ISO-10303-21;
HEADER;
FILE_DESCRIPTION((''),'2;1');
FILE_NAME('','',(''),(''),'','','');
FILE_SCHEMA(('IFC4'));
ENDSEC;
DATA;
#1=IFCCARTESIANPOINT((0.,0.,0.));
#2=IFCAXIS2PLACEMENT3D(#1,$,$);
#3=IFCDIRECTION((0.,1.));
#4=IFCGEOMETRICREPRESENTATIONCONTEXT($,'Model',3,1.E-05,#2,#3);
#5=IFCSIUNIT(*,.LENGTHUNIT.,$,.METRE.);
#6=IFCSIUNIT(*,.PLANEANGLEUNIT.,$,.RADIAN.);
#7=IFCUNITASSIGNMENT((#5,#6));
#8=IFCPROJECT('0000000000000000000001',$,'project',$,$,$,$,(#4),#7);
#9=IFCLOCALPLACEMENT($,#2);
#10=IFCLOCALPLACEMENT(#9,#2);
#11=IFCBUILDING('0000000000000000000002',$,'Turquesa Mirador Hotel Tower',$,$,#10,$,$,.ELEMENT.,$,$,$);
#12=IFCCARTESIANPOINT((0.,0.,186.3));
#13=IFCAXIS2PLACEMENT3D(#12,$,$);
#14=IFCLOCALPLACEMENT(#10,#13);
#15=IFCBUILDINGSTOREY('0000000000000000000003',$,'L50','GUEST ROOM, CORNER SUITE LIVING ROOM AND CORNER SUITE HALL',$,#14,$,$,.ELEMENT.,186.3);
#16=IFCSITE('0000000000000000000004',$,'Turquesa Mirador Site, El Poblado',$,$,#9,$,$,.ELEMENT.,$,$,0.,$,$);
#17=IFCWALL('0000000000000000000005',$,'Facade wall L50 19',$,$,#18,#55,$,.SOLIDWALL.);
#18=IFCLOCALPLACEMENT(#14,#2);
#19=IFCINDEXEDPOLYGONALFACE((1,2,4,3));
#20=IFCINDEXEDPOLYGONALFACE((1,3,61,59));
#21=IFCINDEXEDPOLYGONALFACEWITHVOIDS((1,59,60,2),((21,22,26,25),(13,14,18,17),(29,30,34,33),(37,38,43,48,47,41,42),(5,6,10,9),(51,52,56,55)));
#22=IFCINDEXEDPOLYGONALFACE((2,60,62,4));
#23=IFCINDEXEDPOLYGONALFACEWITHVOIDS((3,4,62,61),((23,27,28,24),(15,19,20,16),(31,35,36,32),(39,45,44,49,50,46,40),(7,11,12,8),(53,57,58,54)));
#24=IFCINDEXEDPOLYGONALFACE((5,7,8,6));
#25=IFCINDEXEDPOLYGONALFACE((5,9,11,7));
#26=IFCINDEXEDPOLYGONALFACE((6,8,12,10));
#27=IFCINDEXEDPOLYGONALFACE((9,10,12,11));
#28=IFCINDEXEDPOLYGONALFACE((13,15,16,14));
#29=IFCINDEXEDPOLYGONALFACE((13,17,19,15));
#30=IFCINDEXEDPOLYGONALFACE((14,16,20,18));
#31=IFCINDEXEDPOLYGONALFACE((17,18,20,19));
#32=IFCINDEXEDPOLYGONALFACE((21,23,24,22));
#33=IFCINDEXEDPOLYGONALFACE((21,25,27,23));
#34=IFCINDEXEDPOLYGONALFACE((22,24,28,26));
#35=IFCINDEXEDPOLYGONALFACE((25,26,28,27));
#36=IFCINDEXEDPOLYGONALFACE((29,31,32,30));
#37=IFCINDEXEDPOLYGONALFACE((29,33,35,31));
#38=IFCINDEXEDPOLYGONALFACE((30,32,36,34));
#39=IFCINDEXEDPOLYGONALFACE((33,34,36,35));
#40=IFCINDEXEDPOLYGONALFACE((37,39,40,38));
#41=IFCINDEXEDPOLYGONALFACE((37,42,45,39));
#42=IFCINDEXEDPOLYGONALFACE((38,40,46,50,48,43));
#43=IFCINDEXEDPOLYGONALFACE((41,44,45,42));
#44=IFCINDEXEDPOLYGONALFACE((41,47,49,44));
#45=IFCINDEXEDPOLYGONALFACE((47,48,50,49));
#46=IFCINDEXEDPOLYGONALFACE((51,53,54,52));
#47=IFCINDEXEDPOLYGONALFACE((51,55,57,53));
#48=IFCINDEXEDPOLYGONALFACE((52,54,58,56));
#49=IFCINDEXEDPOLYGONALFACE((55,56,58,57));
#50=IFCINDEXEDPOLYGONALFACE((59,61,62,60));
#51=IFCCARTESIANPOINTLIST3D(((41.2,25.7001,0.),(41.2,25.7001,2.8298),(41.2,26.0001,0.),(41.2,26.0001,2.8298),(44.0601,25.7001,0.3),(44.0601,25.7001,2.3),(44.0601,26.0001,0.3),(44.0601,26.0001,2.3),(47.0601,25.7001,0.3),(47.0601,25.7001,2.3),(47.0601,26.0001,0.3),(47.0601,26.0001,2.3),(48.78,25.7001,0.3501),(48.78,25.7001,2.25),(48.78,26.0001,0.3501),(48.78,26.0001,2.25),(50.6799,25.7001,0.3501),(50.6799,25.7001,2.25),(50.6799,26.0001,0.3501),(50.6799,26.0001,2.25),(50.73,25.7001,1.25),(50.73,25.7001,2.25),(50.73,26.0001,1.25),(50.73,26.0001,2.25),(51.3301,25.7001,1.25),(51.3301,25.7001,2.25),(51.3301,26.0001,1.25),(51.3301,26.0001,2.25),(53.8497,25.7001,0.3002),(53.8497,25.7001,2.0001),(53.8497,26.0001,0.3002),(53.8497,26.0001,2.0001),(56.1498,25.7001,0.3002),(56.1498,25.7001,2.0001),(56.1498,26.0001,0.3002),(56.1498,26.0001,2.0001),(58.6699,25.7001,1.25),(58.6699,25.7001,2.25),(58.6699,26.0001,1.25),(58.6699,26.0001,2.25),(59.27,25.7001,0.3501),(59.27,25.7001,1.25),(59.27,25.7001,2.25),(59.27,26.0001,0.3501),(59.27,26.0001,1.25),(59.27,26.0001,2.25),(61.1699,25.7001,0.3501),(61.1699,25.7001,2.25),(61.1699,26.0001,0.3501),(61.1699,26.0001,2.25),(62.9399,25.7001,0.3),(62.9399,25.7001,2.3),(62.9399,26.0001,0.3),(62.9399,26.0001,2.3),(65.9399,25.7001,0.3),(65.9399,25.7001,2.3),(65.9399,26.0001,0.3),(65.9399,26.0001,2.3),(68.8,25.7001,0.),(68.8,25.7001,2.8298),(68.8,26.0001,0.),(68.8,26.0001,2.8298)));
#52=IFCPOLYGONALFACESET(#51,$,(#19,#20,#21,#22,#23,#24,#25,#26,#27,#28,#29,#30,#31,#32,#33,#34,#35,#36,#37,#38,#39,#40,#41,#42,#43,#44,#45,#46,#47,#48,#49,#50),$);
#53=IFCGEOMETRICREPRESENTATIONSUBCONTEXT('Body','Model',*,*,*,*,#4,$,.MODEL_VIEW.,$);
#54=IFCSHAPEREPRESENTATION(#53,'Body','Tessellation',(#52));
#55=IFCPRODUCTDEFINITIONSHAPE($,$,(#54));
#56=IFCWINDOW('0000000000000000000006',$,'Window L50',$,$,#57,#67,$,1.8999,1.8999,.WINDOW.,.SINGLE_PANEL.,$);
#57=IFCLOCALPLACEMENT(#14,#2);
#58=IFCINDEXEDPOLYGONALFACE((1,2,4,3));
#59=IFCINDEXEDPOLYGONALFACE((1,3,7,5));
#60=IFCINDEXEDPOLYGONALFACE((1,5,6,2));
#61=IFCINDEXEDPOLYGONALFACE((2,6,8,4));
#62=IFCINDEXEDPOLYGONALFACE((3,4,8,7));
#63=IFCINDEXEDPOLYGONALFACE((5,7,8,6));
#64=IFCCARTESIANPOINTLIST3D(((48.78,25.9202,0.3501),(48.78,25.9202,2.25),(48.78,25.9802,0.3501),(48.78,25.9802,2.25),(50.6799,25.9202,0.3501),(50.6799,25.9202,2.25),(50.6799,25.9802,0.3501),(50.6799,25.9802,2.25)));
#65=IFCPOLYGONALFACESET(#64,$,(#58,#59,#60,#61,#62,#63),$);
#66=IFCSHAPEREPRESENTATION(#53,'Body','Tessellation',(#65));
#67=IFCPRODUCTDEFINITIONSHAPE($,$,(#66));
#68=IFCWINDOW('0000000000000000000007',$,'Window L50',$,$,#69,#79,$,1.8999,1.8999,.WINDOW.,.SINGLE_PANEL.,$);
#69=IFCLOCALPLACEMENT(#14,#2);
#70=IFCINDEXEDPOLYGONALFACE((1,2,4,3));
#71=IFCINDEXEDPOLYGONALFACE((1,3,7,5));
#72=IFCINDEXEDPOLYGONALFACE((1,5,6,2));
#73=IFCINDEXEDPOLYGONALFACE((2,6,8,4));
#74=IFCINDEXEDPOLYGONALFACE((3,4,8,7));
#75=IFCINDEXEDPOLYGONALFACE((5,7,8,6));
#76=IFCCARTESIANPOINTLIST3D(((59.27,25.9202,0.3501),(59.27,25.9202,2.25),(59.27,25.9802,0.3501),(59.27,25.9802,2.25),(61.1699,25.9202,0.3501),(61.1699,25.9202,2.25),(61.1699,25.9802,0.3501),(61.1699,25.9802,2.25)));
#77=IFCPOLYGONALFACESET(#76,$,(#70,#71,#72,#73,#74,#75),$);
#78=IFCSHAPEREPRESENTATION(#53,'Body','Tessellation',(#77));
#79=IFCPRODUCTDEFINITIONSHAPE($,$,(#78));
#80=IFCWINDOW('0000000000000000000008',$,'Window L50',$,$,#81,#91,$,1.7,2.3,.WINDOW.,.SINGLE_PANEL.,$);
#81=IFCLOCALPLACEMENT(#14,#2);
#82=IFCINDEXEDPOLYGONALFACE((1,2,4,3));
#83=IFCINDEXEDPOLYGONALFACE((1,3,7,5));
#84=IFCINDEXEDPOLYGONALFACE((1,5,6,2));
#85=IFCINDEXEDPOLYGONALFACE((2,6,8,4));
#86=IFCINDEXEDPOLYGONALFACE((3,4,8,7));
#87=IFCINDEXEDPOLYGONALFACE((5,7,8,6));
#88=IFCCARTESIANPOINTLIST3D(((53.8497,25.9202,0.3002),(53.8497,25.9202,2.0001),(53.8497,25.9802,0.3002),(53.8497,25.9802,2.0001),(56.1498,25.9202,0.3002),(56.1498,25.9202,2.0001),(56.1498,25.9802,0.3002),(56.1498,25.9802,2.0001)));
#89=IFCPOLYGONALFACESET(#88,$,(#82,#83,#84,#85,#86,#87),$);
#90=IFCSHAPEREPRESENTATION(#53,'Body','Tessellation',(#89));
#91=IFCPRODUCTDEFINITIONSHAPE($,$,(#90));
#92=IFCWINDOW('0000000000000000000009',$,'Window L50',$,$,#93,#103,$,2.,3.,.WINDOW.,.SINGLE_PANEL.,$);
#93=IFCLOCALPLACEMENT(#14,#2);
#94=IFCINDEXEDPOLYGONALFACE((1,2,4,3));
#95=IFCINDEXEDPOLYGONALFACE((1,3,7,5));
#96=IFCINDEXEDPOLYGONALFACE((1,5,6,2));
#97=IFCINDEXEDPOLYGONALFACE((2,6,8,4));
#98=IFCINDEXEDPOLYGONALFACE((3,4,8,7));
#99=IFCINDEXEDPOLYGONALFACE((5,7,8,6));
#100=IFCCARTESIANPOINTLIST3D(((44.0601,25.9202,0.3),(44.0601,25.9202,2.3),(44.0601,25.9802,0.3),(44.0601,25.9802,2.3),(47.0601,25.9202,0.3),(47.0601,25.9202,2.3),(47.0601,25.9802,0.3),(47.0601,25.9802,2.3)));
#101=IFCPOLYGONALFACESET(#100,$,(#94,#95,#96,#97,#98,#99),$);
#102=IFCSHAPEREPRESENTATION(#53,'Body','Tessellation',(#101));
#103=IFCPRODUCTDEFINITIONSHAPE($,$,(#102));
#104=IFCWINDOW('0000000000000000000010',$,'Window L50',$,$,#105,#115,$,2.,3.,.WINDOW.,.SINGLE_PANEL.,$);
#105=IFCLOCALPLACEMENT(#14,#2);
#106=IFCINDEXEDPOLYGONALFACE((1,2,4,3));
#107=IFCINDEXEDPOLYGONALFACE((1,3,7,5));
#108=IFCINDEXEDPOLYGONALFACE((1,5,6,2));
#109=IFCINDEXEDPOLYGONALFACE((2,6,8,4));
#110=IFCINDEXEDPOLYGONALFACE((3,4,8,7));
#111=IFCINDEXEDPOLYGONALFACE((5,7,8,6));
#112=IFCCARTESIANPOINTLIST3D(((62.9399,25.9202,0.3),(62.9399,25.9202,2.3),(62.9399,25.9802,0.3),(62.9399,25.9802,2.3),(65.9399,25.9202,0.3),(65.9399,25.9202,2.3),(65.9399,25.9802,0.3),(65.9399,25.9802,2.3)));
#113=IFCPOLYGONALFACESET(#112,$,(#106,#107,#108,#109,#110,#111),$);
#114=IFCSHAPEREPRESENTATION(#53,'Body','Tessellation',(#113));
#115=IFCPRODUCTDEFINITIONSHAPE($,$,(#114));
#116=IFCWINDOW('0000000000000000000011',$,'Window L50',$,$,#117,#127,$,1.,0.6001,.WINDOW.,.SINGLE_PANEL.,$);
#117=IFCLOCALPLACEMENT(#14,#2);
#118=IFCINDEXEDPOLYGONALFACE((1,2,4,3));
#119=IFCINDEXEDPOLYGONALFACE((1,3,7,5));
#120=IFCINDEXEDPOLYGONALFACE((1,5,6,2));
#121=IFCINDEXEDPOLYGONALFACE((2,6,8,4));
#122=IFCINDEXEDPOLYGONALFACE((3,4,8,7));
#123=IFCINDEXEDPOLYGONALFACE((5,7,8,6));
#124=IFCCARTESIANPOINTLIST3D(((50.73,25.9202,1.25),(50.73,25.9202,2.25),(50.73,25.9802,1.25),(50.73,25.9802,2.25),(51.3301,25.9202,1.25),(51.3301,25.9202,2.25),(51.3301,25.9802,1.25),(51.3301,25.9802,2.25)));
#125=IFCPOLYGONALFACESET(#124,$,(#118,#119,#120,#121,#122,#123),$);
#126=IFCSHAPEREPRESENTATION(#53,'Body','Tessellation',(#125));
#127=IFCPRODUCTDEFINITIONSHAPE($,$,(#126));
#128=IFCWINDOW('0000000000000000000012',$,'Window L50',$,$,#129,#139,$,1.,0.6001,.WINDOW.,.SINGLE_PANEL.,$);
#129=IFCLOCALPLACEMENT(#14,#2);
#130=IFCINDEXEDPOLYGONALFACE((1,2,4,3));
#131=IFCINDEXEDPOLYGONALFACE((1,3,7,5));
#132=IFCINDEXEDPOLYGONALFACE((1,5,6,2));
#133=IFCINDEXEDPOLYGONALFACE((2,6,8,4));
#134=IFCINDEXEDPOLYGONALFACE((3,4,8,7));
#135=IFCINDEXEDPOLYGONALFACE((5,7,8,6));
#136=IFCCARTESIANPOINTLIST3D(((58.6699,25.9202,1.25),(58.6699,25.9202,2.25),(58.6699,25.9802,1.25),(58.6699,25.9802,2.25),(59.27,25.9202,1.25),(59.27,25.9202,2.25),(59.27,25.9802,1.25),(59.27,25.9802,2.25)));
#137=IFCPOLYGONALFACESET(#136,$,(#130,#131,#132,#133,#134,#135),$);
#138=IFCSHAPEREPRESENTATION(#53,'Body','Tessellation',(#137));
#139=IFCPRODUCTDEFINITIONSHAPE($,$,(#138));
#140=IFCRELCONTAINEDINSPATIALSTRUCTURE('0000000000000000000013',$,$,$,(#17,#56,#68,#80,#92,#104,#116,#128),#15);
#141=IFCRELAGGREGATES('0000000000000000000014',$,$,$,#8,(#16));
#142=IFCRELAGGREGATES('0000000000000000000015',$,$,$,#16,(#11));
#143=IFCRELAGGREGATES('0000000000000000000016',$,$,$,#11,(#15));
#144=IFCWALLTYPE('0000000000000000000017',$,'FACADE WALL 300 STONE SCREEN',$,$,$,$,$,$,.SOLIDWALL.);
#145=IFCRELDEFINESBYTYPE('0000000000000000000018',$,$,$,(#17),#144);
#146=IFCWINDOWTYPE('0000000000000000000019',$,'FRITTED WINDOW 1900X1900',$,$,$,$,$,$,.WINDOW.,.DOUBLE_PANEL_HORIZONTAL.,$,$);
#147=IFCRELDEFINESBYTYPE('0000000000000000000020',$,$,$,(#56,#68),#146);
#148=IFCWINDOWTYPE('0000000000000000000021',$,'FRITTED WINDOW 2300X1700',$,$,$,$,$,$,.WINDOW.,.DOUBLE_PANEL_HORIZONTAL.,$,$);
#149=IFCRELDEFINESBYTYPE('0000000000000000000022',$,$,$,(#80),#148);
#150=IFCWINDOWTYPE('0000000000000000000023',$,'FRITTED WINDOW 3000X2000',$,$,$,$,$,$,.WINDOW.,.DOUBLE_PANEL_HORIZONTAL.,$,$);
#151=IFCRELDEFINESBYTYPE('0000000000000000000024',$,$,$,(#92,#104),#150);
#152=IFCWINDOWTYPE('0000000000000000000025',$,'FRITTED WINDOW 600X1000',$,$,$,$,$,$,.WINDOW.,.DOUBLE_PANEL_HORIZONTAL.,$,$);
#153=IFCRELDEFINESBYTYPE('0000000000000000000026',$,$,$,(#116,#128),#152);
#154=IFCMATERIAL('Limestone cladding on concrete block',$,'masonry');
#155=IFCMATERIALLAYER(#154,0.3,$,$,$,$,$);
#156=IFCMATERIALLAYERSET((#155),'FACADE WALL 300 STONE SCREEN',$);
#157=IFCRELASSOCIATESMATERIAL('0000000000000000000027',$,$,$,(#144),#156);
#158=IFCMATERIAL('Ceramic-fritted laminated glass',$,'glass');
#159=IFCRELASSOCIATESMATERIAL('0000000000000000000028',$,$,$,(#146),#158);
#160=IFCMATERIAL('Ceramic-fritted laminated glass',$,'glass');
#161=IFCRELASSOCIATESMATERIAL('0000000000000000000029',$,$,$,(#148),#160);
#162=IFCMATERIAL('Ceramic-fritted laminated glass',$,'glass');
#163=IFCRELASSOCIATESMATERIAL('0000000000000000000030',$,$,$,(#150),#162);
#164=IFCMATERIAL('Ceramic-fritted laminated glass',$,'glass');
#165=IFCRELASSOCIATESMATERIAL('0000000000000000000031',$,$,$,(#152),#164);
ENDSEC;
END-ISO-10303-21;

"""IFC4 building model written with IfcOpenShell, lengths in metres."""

from ifc_helpers import new_model, si_unit, direction, frame, frame_2d, origin, place, context, subcontext, project, spatial, rectangle, extrude, material, layer, layer_set, type_object, element, fill, save


model = new_model("IFC4")

# Units and contexts
model_context = context("Model", 3, precision=1e-05, world=origin(), true_north=direction((0.0, 1.0)))
body_context = subcontext(model_context, "Body", "Model", "MODEL_VIEW")
ifc_project = project(units=[si_unit("LENGTHUNIT", "METRE"), si_unit("PLANEANGLEUNIT", "RADIAN")], contexts=[model_context])

# Site, building, storey
site_placement = place(None, origin())
site = spatial("IfcSite", under=ifc_project, at=site_placement, Name="Turquesa Mirador Site, El Poblado", CompositionType="ELEMENT", RefElevation=0.0)
building_placement = place(site_placement, origin())
building = spatial("IfcBuilding", under=site, at=building_placement, Name="Turquesa Mirador Hotel Tower", CompositionType="ELEMENT")
storey_placement = place(building_placement, frame((0.0, 0.0, 186.3)))
storey = spatial("IfcBuildingStorey", under=building, at=storey_placement, Name="L50", Description="GUEST ROOM, CORNER SUITE LIVING ROOM AND CORNER SUITE HALL", CompositionType="ELEMENT", Elevation=186.3)

# Shared definitions
ifc_material_1 = material(Name="Limestone cladding on concrete block", Category="masonry")
ifc_layer_1 = layer(ifc_material_1, 0.3)
ifc_layer_set_1 = layer_set([ifc_layer_1], Name="FACADE WALL 300 STONE SCREEN")
wall_type_1 = type_object("IfcWallType", Name="FACADE WALL 300 STONE SCREEN", PredefinedType="SOLIDWALL", material=ifc_layer_set_1)

# Wall, openings, windows
wall_1_placement = place(storey_placement, frame((41.2, 25.8501, 0.0), z_axis=(0.0, 0.0, 1.0), x_axis=(1.0, 0.0, 0.0)))
wall_1 = element("IfcWall", 1, at=wall_1_placement, inside=storey, type_object=wall_type_1, Name="Facade wall L50 19", PredefinedType="SOLIDWALL", context=body_context, shape_type="SweptSolid", body=[
    extrude(rectangle(XDim=27.6001, YDim=0.3, at=frame_2d((13.8, 0.0))), origin(), (0.0, 0.0, 1.0), 2.8298),
])
opening_1_placement = place(wall_1_placement, frame((2.8601, 0.0, 0.3)))
opening_1 = element("IfcOpeningElement", 2, at=opening_1_placement, cuts=wall_1, PredefinedType="OPENING", context=body_context, shape_type="SweptSolid", body=[
    extrude(rectangle(XDim=3.0, YDim=2.0, at=frame_2d((1.5, 1.0))), frame((0.0, 0.1599, 0.0), z_axis=(0.0, -1.0, 0.0), x_axis=(1.0, 0.0, 0.0)), (0.0, 0.0, 1.0), 0.3201),
])
opening_2_placement = place(wall_1_placement, frame((7.5801, 0.0, 0.3501)))
opening_2 = element("IfcOpeningElement", 3, at=opening_2_placement, cuts=wall_1, PredefinedType="OPENING", context=body_context, shape_type="SweptSolid", body=[
    extrude(rectangle(XDim=1.8999, YDim=1.8999, at=frame_2d((0.95, 0.95))), frame((0.0, 0.1599, 0.0), z_axis=(0.0, -1.0, 0.0), x_axis=(1.0, 0.0, 0.0)), (0.0, 0.0, 1.0), 0.3201),
])
opening_3_placement = place(wall_1_placement, frame((12.6499, 0.0, 0.3)))
opening_3 = element("IfcOpeningElement", 4, at=opening_3_placement, cuts=wall_1, PredefinedType="OPENING", context=body_context, shape_type="SweptSolid", body=[
    extrude(rectangle(XDim=2.3, YDim=1.7, at=frame_2d((1.1499, 0.8501))), frame((0.0, 0.1599, 0.0), z_axis=(0.0, -1.0, 0.0), x_axis=(1.0, 0.0, 0.0)), (0.0, 0.0, 1.0), 0.3201),
])
opening_4_placement = place(wall_1_placement, frame((18.0701, 0.0, 0.3501)))
opening_4 = element("IfcOpeningElement", 5, at=opening_4_placement, cuts=wall_1, PredefinedType="OPENING", context=body_context, shape_type="SweptSolid", body=[
    extrude(rectangle(XDim=1.8999, YDim=1.8999, at=frame_2d((0.95, 0.95))), frame((0.0, 0.1599, 0.0), z_axis=(0.0, -1.0, 0.0), x_axis=(1.0, 0.0, 0.0)), (0.0, 0.0, 1.0), 0.3201),
])
opening_5_placement = place(wall_1_placement, frame((21.74, 0.0, 0.3)))
opening_5 = element("IfcOpeningElement", 6, at=opening_5_placement, cuts=wall_1, PredefinedType="OPENING", context=body_context, shape_type="SweptSolid", body=[
    extrude(rectangle(XDim=3.0, YDim=2.0, at=frame_2d((1.5, 1.0))), frame((0.0, 0.1599, 0.0), z_axis=(0.0, -1.0, 0.0), x_axis=(1.0, 0.0, 0.0)), (0.0, 0.0, 1.0), 0.3201),
])
opening_6_placement = place(wall_1_placement, frame((9.53, 0.0, 1.25)))
opening_6 = element("IfcOpeningElement", 7, at=opening_6_placement, cuts=wall_1, PredefinedType="OPENING", context=body_context, shape_type="SweptSolid", body=[
    extrude(rectangle(XDim=0.6001, YDim=1.0, at=frame_2d((0.3, 0.5))), frame((0.0, 0.1599, 0.0), z_axis=(0.0, -1.0, 0.0), x_axis=(1.0, 0.0, 0.0)), (0.0, 0.0, 1.0), 0.3201),
])
opening_7_placement = place(wall_1_placement, frame((17.47, 0.0, 1.25)))
opening_7 = element("IfcOpeningElement", 8, at=opening_7_placement, cuts=wall_1, PredefinedType="OPENING", context=body_context, shape_type="SweptSolid", body=[
    extrude(rectangle(XDim=0.6001, YDim=1.0, at=frame_2d((0.3, 0.5))), frame((0.0, 0.1599, 0.0), z_axis=(0.0, -1.0, 0.0), x_axis=(1.0, 0.0, 0.0)), (0.0, 0.0, 1.0), 0.3201),
])
ifc_material_2 = material(Name="Ceramic-fritted laminated glass", Category="glass")
window_type_1 = type_object("IfcWindowType", Name="FRITTED WINDOW 1900X1900", PartitioningType="DOUBLE_PANEL_HORIZONTAL", PredefinedType="WINDOW", material=ifc_material_2)
window_1_placement = place(opening_2_placement, origin())
window_1 = element("IfcWindow", 9, at=window_1_placement, inside=storey, type_object=window_type_1, Name="Window L50", OverallHeight=1.8999, OverallWidth=1.8999, PartitioningType="SINGLE_PANEL", PredefinedType="WINDOW", context=body_context, shape_type="SweptSolid", body=[
    extrude(rectangle(XDim=1.8999, YDim=1.8999, at=frame_2d((0.95, 0.95))), frame((0.0, 0.1301, 0.0), z_axis=(0.0, -1.0, 0.0), x_axis=(1.0, 0.0, 0.0)), (0.0, 0.0, 1.0), 0.0601),
])
fill(opening_2, window_1)
window_2_placement = place(opening_4_placement, origin())
window_2 = element("IfcWindow", 10, at=window_2_placement, inside=storey, type_object=window_type_1, Name="Window L50", OverallHeight=1.8999, OverallWidth=1.8999, PartitioningType="SINGLE_PANEL", PredefinedType="WINDOW", context=body_context, shape_type="SweptSolid", body=[
    extrude(rectangle(XDim=1.8999, YDim=1.8999, at=frame_2d((0.95, 0.95))), frame((0.0, 0.1301, 0.0), z_axis=(0.0, -1.0, 0.0), x_axis=(1.0, 0.0, 0.0)), (0.0, 0.0, 1.0), 0.0601),
])
fill(opening_4, window_2)
ifc_material_3 = material(Name="Ceramic-fritted laminated glass", Category="glass")
window_type_2 = type_object("IfcWindowType", Name="FRITTED WINDOW 2300X1700", PartitioningType="DOUBLE_PANEL_HORIZONTAL", PredefinedType="WINDOW", material=ifc_material_3)
window_3_placement = place(opening_3_placement, origin())
window_3 = element("IfcWindow", 11, at=window_3_placement, inside=storey, type_object=window_type_2, Name="Window L50", OverallHeight=1.7, OverallWidth=2.3, PartitioningType="SINGLE_PANEL", PredefinedType="WINDOW", context=body_context, shape_type="SweptSolid", body=[
    extrude(rectangle(XDim=2.3, YDim=1.7, at=frame_2d((1.1499, 0.8501))), frame((0.0, 0.1301, 0.0), z_axis=(0.0, -1.0, 0.0), x_axis=(1.0, 0.0, 0.0)), (0.0, 0.0, 1.0), 0.0601),
])
fill(opening_3, window_3)
ifc_material_4 = material(Name="Ceramic-fritted laminated glass", Category="glass")
window_type_3 = type_object("IfcWindowType", Name="FRITTED WINDOW 3000X2000", PartitioningType="DOUBLE_PANEL_HORIZONTAL", PredefinedType="WINDOW", material=ifc_material_4)
window_4_placement = place(opening_1_placement, origin())
window_4 = element("IfcWindow", 12, at=window_4_placement, inside=storey, type_object=window_type_3, Name="Window L50", OverallHeight=2.0, OverallWidth=3.0, PartitioningType="SINGLE_PANEL", PredefinedType="WINDOW", context=body_context, shape_type="SweptSolid", body=[
    extrude(rectangle(XDim=3.0, YDim=2.0, at=frame_2d((1.5, 1.0))), frame((0.0, 0.1301, 0.0), z_axis=(0.0, -1.0, 0.0), x_axis=(1.0, 0.0, 0.0)), (0.0, 0.0, 1.0), 0.0601),
])
fill(opening_1, window_4)
window_5_placement = place(opening_5_placement, origin())
window_5 = element("IfcWindow", 13, at=window_5_placement, inside=storey, type_object=window_type_3, Name="Window L50", OverallHeight=2.0, OverallWidth=3.0, PartitioningType="SINGLE_PANEL", PredefinedType="WINDOW", context=body_context, shape_type="SweptSolid", body=[
    extrude(rectangle(XDim=3.0, YDim=2.0, at=frame_2d((1.5, 1.0))), frame((0.0, 0.1301, 0.0), z_axis=(0.0, -1.0, 0.0), x_axis=(1.0, 0.0, 0.0)), (0.0, 0.0, 1.0), 0.0601),
])
fill(opening_5, window_5)
ifc_material_5 = material(Name="Ceramic-fritted laminated glass", Category="glass")
window_type_4 = type_object("IfcWindowType", Name="FRITTED WINDOW 600X1000", PartitioningType="DOUBLE_PANEL_HORIZONTAL", PredefinedType="WINDOW", material=ifc_material_5)
window_6_placement = place(opening_6_placement, origin())
window_6 = element("IfcWindow", 14, at=window_6_placement, inside=storey, type_object=window_type_4, Name="Window L50", OverallHeight=1.0, OverallWidth=0.6001, PartitioningType="SINGLE_PANEL", PredefinedType="WINDOW", context=body_context, shape_type="SweptSolid", body=[
    extrude(rectangle(XDim=0.6001, YDim=1.0, at=frame_2d((0.3, 0.5))), frame((0.0, 0.1301, 0.0), z_axis=(0.0, -1.0, 0.0), x_axis=(1.0, 0.0, 0.0)), (0.0, 0.0, 1.0), 0.0601),
])
fill(opening_6, window_6)
window_7_placement = place(opening_7_placement, origin())
window_7 = element("IfcWindow", 15, at=window_7_placement, inside=storey, type_object=window_type_4, Name="Window L50", OverallHeight=1.0, OverallWidth=0.6001, PartitioningType="SINGLE_PANEL", PredefinedType="WINDOW", context=body_context, shape_type="SweptSolid", body=[
    extrude(rectangle(XDim=0.6001, YDim=1.0, at=frame_2d((0.3, 0.5))), frame((0.0, 0.1301, 0.0), z_axis=(0.0, -1.0, 0.0), x_axis=(1.0, 0.0, 0.0)), (0.0, 0.0, 1.0), 0.0601),
])
fill(opening_7, window_7)

save(model, "model.ifc")
